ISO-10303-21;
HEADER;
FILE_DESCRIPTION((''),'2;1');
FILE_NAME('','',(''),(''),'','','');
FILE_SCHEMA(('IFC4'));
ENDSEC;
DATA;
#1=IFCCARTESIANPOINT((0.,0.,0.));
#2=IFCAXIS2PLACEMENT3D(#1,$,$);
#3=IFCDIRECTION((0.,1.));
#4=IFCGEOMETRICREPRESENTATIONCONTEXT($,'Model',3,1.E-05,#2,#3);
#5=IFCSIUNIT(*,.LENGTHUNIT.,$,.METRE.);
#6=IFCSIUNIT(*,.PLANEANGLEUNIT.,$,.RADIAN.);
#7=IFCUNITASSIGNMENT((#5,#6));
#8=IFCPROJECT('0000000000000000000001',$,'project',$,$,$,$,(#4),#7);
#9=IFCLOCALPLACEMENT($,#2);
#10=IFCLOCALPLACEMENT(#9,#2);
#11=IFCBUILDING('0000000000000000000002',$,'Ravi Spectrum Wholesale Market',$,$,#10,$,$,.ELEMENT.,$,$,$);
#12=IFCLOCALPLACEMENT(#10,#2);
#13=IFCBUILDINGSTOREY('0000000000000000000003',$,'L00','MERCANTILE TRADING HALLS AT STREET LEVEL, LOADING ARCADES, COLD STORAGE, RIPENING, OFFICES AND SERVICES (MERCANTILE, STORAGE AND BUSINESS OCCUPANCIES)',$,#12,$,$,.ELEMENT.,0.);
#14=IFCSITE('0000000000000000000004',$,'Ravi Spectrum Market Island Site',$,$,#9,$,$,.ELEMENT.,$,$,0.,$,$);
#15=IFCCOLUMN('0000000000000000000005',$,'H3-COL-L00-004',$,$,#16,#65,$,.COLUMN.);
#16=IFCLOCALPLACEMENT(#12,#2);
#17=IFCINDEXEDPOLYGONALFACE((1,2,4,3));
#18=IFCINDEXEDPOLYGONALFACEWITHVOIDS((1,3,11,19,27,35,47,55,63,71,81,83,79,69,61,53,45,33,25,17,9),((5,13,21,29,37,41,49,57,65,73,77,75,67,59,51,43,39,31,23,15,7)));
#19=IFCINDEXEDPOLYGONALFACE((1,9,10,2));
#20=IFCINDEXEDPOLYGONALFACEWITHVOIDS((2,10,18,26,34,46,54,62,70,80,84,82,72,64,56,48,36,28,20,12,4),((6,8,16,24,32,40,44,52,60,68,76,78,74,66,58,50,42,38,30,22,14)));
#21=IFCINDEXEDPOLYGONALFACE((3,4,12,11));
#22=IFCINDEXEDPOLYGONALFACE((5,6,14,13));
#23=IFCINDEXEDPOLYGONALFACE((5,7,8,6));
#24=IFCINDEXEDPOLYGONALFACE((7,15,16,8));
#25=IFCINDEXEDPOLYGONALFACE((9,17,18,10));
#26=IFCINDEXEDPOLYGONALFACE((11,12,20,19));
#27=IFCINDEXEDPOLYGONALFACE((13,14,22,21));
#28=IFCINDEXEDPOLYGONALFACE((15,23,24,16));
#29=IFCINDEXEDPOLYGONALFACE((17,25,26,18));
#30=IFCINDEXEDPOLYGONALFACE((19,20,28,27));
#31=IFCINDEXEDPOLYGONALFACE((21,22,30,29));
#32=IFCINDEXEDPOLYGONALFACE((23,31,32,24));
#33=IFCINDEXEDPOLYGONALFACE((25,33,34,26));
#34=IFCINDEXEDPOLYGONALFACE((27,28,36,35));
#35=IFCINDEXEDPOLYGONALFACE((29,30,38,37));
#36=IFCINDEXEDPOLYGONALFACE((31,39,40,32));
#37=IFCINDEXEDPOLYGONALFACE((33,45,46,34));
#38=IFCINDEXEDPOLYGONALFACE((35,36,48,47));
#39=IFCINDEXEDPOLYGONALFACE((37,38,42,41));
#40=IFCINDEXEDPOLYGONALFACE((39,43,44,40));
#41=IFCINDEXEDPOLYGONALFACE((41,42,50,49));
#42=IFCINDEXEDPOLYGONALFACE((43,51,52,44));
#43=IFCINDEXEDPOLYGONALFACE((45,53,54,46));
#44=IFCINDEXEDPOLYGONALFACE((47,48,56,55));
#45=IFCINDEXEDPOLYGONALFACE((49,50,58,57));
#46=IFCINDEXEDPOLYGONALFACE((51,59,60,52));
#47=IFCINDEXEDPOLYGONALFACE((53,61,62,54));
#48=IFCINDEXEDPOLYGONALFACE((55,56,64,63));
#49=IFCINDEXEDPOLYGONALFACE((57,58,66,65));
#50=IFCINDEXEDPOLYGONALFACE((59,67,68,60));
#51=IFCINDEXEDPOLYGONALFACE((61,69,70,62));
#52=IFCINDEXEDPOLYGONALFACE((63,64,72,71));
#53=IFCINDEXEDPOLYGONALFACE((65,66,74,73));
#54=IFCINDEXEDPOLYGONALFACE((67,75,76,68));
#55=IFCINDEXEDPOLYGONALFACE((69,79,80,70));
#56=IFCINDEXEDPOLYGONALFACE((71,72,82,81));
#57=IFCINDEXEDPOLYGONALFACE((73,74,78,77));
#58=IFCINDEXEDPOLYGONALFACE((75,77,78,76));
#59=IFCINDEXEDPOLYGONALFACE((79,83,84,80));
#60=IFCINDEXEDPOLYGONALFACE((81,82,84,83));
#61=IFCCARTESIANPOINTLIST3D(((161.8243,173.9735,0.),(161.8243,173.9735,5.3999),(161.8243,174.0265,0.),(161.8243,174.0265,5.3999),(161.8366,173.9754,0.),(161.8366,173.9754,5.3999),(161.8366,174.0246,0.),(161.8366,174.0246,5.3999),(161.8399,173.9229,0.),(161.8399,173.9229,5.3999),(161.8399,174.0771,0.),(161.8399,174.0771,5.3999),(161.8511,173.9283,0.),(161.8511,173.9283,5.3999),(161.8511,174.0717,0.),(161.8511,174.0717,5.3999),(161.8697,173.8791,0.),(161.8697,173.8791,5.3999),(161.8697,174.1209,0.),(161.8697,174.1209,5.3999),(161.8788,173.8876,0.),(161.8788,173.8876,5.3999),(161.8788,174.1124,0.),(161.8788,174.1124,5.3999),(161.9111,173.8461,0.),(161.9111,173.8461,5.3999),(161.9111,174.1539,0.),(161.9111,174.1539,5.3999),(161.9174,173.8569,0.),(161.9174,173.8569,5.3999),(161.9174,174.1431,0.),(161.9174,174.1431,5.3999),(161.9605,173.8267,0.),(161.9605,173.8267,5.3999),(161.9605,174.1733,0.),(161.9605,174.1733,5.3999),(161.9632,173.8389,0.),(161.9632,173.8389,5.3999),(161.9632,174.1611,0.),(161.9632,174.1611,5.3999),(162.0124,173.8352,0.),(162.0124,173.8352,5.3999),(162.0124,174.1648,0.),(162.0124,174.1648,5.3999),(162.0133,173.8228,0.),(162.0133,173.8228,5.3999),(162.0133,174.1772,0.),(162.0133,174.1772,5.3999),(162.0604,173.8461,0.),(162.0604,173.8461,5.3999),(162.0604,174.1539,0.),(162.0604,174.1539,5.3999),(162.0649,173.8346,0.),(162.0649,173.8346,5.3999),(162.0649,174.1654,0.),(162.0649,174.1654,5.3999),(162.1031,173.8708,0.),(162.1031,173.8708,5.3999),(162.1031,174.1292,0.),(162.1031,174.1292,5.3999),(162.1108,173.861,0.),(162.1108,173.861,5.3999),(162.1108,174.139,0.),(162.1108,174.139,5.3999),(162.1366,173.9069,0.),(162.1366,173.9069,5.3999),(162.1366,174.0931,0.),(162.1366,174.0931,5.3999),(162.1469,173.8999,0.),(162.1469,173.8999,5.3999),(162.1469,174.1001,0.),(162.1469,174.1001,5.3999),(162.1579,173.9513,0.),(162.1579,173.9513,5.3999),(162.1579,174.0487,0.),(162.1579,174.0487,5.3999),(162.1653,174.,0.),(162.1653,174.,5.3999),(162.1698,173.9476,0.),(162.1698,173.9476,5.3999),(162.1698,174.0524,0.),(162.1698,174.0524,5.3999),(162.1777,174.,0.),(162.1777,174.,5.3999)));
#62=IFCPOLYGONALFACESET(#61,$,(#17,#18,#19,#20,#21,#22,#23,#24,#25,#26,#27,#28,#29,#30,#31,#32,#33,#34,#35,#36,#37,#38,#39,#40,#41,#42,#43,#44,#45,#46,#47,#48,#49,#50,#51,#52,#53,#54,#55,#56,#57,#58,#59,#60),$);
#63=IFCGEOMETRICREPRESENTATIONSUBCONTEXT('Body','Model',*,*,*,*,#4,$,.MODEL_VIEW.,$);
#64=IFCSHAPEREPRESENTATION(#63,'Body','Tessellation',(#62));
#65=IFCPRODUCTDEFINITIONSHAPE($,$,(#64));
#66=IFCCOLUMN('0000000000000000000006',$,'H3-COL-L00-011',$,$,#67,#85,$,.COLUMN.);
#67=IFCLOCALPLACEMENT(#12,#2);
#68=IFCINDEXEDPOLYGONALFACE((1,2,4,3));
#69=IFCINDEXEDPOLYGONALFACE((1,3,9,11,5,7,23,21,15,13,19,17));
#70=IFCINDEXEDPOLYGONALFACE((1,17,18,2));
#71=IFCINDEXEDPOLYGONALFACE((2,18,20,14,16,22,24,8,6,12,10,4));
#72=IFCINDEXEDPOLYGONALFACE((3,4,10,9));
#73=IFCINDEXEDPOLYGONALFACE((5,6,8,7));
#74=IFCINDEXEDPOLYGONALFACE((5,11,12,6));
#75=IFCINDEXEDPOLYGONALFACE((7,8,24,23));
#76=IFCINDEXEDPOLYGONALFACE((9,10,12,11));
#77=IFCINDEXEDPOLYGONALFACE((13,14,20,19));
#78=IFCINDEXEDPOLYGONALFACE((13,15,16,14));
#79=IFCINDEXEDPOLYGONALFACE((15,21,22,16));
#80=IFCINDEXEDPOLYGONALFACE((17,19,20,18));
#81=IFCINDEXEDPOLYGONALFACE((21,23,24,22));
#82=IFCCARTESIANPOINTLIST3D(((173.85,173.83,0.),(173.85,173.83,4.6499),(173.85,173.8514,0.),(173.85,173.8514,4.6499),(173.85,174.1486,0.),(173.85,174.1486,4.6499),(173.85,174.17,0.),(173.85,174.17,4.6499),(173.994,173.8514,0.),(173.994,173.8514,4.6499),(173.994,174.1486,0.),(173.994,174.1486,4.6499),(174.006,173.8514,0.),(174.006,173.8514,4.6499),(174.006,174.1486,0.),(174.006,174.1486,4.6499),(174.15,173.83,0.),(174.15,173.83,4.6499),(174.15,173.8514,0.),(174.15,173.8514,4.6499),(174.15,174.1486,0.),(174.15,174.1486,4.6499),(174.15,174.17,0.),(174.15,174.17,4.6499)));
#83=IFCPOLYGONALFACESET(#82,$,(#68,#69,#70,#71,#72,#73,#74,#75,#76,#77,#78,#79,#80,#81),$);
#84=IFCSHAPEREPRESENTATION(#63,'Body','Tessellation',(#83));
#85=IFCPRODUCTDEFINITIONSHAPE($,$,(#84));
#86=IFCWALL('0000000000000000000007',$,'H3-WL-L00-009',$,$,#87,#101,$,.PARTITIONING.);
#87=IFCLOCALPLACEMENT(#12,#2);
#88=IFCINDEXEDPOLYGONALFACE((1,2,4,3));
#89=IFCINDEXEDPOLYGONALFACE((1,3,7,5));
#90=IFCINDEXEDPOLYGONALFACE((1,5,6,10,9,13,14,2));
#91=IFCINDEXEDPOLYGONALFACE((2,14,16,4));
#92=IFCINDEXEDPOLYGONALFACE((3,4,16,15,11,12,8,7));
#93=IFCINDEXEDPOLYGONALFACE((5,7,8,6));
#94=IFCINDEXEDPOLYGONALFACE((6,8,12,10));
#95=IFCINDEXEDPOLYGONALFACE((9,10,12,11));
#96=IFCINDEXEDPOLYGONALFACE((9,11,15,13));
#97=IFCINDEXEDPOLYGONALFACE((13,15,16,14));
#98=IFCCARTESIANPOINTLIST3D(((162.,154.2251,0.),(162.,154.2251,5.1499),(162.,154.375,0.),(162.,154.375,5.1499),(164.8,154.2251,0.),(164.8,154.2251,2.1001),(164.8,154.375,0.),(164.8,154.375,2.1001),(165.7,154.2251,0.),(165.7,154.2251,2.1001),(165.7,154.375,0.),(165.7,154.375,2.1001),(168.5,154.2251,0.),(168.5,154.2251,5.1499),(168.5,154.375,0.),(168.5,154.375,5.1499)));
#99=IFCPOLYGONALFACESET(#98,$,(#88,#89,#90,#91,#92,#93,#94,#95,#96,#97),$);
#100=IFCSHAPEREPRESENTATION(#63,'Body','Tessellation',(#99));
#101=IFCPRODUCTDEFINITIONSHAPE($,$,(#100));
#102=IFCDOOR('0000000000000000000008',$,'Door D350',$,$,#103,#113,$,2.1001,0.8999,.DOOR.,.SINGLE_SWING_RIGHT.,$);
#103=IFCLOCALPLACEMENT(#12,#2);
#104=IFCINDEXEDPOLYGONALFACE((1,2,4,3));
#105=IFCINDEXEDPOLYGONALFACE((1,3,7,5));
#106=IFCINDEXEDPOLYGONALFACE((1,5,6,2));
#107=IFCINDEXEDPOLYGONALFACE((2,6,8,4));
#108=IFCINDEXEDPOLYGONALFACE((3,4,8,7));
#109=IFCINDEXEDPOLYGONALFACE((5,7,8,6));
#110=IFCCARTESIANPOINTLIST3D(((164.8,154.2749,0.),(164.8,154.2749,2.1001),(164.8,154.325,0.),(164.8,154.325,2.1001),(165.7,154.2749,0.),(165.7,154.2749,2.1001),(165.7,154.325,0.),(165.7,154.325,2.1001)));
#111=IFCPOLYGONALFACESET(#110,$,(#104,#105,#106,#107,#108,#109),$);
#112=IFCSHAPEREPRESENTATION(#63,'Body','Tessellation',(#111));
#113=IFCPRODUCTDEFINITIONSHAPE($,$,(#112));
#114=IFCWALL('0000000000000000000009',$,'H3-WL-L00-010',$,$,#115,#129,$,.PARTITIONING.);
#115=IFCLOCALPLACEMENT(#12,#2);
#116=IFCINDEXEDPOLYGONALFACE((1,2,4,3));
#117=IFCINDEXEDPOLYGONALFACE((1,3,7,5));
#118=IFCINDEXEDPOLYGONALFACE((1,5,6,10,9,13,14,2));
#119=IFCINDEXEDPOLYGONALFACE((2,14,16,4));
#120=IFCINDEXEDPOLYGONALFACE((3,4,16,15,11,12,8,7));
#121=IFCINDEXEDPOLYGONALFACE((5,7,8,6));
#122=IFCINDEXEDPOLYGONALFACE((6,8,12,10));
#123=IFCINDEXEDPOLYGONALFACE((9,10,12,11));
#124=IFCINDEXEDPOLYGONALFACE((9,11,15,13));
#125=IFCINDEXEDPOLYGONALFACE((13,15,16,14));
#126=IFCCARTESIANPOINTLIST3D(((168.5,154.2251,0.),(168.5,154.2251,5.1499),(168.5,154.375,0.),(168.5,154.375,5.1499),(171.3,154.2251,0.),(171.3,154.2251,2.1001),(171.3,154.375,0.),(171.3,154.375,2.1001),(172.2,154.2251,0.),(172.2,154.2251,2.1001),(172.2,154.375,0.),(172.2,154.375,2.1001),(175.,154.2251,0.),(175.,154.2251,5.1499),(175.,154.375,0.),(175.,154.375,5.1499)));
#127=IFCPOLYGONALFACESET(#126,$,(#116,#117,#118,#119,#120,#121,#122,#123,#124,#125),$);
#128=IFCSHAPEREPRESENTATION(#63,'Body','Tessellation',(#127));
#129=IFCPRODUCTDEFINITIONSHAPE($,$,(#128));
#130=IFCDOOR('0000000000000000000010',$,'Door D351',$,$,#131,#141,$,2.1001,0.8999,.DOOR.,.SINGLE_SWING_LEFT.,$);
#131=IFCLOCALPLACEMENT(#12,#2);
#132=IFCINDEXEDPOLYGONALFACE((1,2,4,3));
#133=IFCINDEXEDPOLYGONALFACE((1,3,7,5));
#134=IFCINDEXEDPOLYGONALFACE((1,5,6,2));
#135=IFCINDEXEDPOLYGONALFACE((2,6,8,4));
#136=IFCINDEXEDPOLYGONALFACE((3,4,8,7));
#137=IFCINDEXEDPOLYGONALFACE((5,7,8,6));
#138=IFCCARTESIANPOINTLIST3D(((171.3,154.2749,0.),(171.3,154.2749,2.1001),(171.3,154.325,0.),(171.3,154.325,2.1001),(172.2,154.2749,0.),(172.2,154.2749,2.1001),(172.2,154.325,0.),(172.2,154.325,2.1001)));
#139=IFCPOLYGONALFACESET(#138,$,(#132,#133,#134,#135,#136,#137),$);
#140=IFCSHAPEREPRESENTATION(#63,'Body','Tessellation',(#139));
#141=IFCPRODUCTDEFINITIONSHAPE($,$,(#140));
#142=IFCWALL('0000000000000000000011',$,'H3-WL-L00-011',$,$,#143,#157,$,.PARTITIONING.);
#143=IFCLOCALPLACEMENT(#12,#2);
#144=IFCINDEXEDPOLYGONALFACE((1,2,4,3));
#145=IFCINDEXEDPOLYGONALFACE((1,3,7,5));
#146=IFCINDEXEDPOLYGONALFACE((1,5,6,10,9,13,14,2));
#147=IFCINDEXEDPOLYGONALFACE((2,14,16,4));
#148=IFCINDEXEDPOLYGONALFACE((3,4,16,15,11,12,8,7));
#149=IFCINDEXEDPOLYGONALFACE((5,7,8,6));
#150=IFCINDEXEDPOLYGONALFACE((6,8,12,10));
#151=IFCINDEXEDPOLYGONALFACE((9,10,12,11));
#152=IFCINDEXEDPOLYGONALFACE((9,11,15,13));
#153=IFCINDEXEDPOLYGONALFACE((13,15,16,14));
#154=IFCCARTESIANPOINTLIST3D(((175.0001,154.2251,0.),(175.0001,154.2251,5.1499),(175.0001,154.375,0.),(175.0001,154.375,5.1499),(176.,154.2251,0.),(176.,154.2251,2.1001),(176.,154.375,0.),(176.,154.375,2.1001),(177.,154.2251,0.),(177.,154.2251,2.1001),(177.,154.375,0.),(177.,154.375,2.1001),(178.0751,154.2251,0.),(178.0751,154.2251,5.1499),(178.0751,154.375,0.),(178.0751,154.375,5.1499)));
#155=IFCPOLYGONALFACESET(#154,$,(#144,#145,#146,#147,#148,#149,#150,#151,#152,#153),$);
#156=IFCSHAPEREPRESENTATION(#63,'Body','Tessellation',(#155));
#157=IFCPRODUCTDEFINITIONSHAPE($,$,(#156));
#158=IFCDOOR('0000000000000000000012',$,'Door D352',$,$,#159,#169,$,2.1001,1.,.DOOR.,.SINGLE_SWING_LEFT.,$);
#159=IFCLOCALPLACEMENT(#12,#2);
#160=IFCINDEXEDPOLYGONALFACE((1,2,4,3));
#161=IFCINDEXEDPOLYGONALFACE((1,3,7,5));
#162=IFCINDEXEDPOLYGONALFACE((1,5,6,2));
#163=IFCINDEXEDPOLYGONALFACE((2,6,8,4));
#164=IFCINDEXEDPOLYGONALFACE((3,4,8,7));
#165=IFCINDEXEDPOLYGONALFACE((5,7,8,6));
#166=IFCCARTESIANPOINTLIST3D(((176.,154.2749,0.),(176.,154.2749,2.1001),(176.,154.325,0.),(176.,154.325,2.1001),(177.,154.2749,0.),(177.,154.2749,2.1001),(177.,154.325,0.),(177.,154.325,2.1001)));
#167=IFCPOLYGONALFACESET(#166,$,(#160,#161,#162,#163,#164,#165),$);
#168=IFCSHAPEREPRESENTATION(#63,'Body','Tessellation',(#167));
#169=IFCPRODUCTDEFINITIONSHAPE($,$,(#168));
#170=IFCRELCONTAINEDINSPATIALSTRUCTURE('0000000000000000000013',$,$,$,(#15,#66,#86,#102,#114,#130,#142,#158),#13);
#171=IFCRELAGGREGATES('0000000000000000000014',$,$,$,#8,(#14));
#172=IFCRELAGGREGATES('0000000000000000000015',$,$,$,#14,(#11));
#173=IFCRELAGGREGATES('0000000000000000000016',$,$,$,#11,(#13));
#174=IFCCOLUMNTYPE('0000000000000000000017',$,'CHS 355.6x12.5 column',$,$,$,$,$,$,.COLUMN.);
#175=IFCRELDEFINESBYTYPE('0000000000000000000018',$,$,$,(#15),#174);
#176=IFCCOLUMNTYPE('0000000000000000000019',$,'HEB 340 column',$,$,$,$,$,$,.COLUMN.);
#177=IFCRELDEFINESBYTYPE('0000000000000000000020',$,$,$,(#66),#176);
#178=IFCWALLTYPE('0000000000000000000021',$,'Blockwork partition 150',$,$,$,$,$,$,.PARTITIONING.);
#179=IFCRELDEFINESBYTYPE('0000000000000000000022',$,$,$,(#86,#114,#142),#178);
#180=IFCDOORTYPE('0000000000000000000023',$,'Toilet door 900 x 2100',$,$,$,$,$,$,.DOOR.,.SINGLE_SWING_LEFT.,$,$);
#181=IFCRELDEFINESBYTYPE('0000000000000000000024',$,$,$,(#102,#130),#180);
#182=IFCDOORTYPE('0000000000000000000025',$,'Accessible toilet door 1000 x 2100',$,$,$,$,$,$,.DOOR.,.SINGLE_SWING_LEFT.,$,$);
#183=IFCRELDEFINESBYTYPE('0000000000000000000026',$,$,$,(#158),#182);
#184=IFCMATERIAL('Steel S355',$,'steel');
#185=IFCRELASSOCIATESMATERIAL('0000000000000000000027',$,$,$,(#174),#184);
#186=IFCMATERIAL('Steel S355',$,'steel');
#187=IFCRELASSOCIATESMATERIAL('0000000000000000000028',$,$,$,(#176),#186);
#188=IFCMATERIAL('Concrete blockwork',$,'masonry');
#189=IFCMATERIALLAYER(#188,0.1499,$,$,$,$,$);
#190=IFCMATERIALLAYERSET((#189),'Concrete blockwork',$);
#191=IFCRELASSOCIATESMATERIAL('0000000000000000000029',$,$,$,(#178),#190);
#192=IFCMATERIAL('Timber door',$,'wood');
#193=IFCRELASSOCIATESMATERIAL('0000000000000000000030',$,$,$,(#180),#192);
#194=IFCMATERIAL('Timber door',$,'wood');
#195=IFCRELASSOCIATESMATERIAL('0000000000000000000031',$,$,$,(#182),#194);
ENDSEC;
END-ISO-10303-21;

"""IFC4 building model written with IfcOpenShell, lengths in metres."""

from ifc_helpers import new_model, si_unit, direction, frame, frame_2d, origin, origin_2d, place, context, subcontext, project, spatial, rectangle, hollow_circle, i_section, extrude, material, layer, layer_set, material_profile, profile_set, type_object, element, fill, save


model = new_model("IFC4")

# Units and contexts
model_context = context("Model", 3, precision=1e-05, world=origin(), true_north=direction((0.0, 1.0)))
body_context = subcontext(model_context, "Body", "Model", "MODEL_VIEW")
ifc_project = project(units=[si_unit("LENGTHUNIT", "METRE"), si_unit("PLANEANGLEUNIT", "RADIAN")], contexts=[model_context])

# Site, building, storey
site_placement = place(None, origin())
site = spatial("IfcSite", under=ifc_project, at=site_placement, Name="Ravi Spectrum Market Island Site", CompositionType="ELEMENT", RefElevation=0.0)
building_placement = place(site_placement, origin())
building = spatial("IfcBuilding", under=site, at=building_placement, Name="Ravi Spectrum Wholesale Market", CompositionType="ELEMENT")
storey_placement = place(building_placement, origin())
storey = spatial("IfcBuildingStorey", under=building, at=storey_placement, Name="L00", Description="MERCANTILE TRADING HALLS AT STREET LEVEL, LOADING ARCADES, COLD STORAGE, RIPENING, OFFICES AND SERVICES (MERCANTILE, STORAGE AND BUSINESS OCCUPANCIES)", CompositionType="ELEMENT", Elevation=0.0)

# Columns
ifc_material_1 = material(Name="Steel S355", Category="steel")
ifc_material_profile_1 = material_profile(ifc_material_1, hollow_circle(Radius=0.1777, WallThickness=0.0125, at=origin_2d()))
ifc_profile_set_1 = profile_set([ifc_material_profile_1], Name="Steel S355")
column_type_1 = type_object("IfcColumnType", Name="CHS 355.6x12.5 column", PredefinedType="COLUMN", material=ifc_profile_set_1)
for number, where, z_axis, x_axis, name in (
    (1, (162.0, 174.0, 0.0), (0.0, 0.0, 1.0), (1.0, 0.0, 0.0), "H3-COL-L00-004"),
):
    element("IfcColumn", number, at=place(storey_placement, frame(where, z_axis=z_axis, x_axis=x_axis)), inside=storey, type_object=column_type_1, Name=name, PredefinedType="COLUMN", context=body_context, shape_type="SweptSolid", body=[
        extrude(hollow_circle(Radius=0.1777, WallThickness=0.0125, at=origin_2d()), origin(), (0.0, 0.0, 1.0), 5.3999),
    ])
ifc_material_2 = material(Name="Steel S355", Category="steel")
ifc_material_profile_2 = material_profile(ifc_material_2, i_section(OverallWidth=0.3, OverallDepth=0.3401, WebThickness=0.012, FlangeThickness=0.0215, at=origin_2d()))
ifc_profile_set_2 = profile_set([ifc_material_profile_2], Name="Steel S355")
column_type_2 = type_object("IfcColumnType", Name="HEB 340 column", PredefinedType="COLUMN", material=ifc_profile_set_2)
column_placement = place(storey_placement, frame((174.0, 174.0, 0.0), z_axis=(0.0, 0.0, 1.0), x_axis=(1.0, 0.0, 0.0)))
element("IfcColumn", 2, at=column_placement, inside=storey, type_object=column_type_2, Name="H3-COL-L00-011", PredefinedType="COLUMN", context=body_context, shape_type="SweptSolid", body=[
    extrude(i_section(OverallWidth=0.3, OverallDepth=0.3401, WebThickness=0.012, FlangeThickness=0.0215, at=origin_2d()), origin(), (0.0, 0.0, 1.0), 4.6499),
])

# Walls, openings, doors
ifc_material_3 = material(Name="Concrete blockwork", Category="masonry")
ifc_layer_1 = layer(ifc_material_3, 0.1499)
ifc_layer_set_1 = layer_set([ifc_layer_1], Name="Concrete blockwork")
wall_type_1 = type_object("IfcWallType", Name="Blockwork partition 150", PredefinedType="PARTITIONING", material=ifc_layer_set_1)
wall_1_placement = place(storey_placement, frame((162.0, 154.3, 0.0), z_axis=(0.0, 0.0, 1.0), x_axis=(1.0, 0.0, 0.0)))
wall_1 = element("IfcWall", 3, at=wall_1_placement, inside=storey, type_object=wall_type_1, Name="H3-WL-L00-009", PredefinedType="PARTITIONING", context=body_context, shape_type="SweptSolid", body=[
    extrude(rectangle(XDim=6.5, YDim=0.1499, at=frame_2d((3.25, 0.0))), origin(), (0.0, 0.0, 1.0), 5.1499),
])
opening_1_placement = place(wall_1_placement, frame((2.8, 0.0, 0.0)))
opening_1 = element("IfcOpeningElement", 4, at=opening_1_placement, cuts=wall_1, PredefinedType="OPENING", context=body_context, shape_type="SweptSolid", body=[
    extrude(rectangle(XDim=0.8999, YDim=2.1001, at=frame_2d((0.45, 1.05))), frame((0.0, 0.085, 0.0), z_axis=(0.0, -1.0, 0.0), x_axis=(1.0, 0.0, 0.0)), (0.0, 0.0, 1.0), 0.1699),
])
ifc_material_4 = material(Name="Timber door", Category="wood")
door_type_1 = type_object("IfcDoorType", Name="Toilet door 900 x 2100", OperationType="SINGLE_SWING_LEFT", PredefinedType="DOOR", material=ifc_material_4)
door_1_placement = place(opening_1_placement, origin())
door_1 = element("IfcDoor", 5, at=door_1_placement, inside=storey, type_object=door_type_1, Name="Door D350", OperationType="SINGLE_SWING_RIGHT", OverallHeight=2.1001, OverallWidth=0.8999, PredefinedType="DOOR", context=body_context, shape_type="SweptSolid", body=[
    extrude(rectangle(XDim=0.8999, YDim=2.1001, at=frame_2d((0.45, 1.05))), frame((0.0, 0.0249, 0.0), z_axis=(0.0, -1.0, 0.0), x_axis=(1.0, 0.0, 0.0)), (0.0, 0.0, 1.0), 0.05),
])
fill(opening_1, door_1)
wall_2_placement = place(storey_placement, frame((168.5, 154.3, 0.0), z_axis=(0.0, 0.0, 1.0), x_axis=(1.0, 0.0, 0.0)))
wall_2 = element("IfcWall", 6, at=wall_2_placement, inside=storey, type_object=wall_type_1, Name="H3-WL-L00-010", PredefinedType="PARTITIONING", context=body_context, shape_type="SweptSolid", body=[
    extrude(rectangle(XDim=6.5, YDim=0.1499, at=frame_2d((3.25, 0.0))), origin(), (0.0, 0.0, 1.0), 5.1499),
])
opening_2_placement = place(wall_2_placement, frame((2.8, 0.0, 0.0)))
opening_2 = element("IfcOpeningElement", 7, at=opening_2_placement, cuts=wall_2, PredefinedType="OPENING", context=body_context, shape_type="SweptSolid", body=[
    extrude(rectangle(XDim=0.8999, YDim=2.1001, at=frame_2d((0.45, 1.05))), frame((0.0, 0.085, 0.0), z_axis=(0.0, -1.0, 0.0), x_axis=(1.0, 0.0, 0.0)), (0.0, 0.0, 1.0), 0.1699),
])
door_2_placement = place(opening_2_placement, origin())
door_2 = element("IfcDoor", 8, at=door_2_placement, inside=storey, type_object=door_type_1, Name="Door D351", OperationType="SINGLE_SWING_LEFT", OverallHeight=2.1001, OverallWidth=0.8999, PredefinedType="DOOR", context=body_context, shape_type="SweptSolid", body=[
    extrude(rectangle(XDim=0.8999, YDim=2.1001, at=frame_2d((0.45, 1.05))), frame((0.0, 0.0249, 0.0), z_axis=(0.0, -1.0, 0.0), x_axis=(1.0, 0.0, 0.0)), (0.0, 0.0, 1.0), 0.05),
])
fill(opening_2, door_2)
wall_3_placement = place(storey_placement, frame((175.0, 154.3, 0.0), z_axis=(0.0, 0.0, 1.0), x_axis=(1.0, 0.0, 0.0)))
wall_3 = element("IfcWall", 9, at=wall_3_placement, inside=storey, type_object=wall_type_1, Name="H3-WL-L00-011", PredefinedType="PARTITIONING", context=body_context, shape_type="SweptSolid", body=[
    extrude(rectangle(XDim=3.075, YDim=0.1499, at=frame_2d((1.5376, 0.0))), origin(), (0.0, 0.0, 1.0), 5.1499),
])
opening_3_placement = place(wall_3_placement, frame((1.0, 0.0, 0.0)))
opening_3 = element("IfcOpeningElement", 10, at=opening_3_placement, cuts=wall_3, PredefinedType="OPENING", context=body_context, shape_type="SweptSolid", body=[
    extrude(rectangle(XDim=1.0, YDim=2.1001, at=frame_2d((0.5, 1.05))), frame((0.0, 0.085, 0.0), z_axis=(0.0, -1.0, 0.0), x_axis=(1.0, 0.0, 0.0)), (0.0, 0.0, 1.0), 0.1699),
])
ifc_material_5 = material(Name="Timber door", Category="wood")
door_type_2 = type_object("IfcDoorType", Name="Accessible toilet door 1000 x 2100", OperationType="SINGLE_SWING_LEFT", PredefinedType="DOOR", material=ifc_material_5)
door_3_placement = place(opening_3_placement, origin())
door_3 = element("IfcDoor", 11, at=door_3_placement, inside=storey, type_object=door_type_2, Name="Door D352", OperationType="SINGLE_SWING_LEFT", OverallHeight=2.1001, OverallWidth=1.0, PredefinedType="DOOR", context=body_context, shape_type="SweptSolid", body=[
    extrude(rectangle(XDim=1.0, YDim=2.1001, at=frame_2d((0.5, 1.05))), frame((0.0, 0.0249, 0.0), z_axis=(0.0, -1.0, 0.0), x_axis=(1.0, 0.0, 0.0)), (0.0, 0.0, 1.0), 0.05),
])
fill(opening_3, door_3)

save(model, "model.ifc")
